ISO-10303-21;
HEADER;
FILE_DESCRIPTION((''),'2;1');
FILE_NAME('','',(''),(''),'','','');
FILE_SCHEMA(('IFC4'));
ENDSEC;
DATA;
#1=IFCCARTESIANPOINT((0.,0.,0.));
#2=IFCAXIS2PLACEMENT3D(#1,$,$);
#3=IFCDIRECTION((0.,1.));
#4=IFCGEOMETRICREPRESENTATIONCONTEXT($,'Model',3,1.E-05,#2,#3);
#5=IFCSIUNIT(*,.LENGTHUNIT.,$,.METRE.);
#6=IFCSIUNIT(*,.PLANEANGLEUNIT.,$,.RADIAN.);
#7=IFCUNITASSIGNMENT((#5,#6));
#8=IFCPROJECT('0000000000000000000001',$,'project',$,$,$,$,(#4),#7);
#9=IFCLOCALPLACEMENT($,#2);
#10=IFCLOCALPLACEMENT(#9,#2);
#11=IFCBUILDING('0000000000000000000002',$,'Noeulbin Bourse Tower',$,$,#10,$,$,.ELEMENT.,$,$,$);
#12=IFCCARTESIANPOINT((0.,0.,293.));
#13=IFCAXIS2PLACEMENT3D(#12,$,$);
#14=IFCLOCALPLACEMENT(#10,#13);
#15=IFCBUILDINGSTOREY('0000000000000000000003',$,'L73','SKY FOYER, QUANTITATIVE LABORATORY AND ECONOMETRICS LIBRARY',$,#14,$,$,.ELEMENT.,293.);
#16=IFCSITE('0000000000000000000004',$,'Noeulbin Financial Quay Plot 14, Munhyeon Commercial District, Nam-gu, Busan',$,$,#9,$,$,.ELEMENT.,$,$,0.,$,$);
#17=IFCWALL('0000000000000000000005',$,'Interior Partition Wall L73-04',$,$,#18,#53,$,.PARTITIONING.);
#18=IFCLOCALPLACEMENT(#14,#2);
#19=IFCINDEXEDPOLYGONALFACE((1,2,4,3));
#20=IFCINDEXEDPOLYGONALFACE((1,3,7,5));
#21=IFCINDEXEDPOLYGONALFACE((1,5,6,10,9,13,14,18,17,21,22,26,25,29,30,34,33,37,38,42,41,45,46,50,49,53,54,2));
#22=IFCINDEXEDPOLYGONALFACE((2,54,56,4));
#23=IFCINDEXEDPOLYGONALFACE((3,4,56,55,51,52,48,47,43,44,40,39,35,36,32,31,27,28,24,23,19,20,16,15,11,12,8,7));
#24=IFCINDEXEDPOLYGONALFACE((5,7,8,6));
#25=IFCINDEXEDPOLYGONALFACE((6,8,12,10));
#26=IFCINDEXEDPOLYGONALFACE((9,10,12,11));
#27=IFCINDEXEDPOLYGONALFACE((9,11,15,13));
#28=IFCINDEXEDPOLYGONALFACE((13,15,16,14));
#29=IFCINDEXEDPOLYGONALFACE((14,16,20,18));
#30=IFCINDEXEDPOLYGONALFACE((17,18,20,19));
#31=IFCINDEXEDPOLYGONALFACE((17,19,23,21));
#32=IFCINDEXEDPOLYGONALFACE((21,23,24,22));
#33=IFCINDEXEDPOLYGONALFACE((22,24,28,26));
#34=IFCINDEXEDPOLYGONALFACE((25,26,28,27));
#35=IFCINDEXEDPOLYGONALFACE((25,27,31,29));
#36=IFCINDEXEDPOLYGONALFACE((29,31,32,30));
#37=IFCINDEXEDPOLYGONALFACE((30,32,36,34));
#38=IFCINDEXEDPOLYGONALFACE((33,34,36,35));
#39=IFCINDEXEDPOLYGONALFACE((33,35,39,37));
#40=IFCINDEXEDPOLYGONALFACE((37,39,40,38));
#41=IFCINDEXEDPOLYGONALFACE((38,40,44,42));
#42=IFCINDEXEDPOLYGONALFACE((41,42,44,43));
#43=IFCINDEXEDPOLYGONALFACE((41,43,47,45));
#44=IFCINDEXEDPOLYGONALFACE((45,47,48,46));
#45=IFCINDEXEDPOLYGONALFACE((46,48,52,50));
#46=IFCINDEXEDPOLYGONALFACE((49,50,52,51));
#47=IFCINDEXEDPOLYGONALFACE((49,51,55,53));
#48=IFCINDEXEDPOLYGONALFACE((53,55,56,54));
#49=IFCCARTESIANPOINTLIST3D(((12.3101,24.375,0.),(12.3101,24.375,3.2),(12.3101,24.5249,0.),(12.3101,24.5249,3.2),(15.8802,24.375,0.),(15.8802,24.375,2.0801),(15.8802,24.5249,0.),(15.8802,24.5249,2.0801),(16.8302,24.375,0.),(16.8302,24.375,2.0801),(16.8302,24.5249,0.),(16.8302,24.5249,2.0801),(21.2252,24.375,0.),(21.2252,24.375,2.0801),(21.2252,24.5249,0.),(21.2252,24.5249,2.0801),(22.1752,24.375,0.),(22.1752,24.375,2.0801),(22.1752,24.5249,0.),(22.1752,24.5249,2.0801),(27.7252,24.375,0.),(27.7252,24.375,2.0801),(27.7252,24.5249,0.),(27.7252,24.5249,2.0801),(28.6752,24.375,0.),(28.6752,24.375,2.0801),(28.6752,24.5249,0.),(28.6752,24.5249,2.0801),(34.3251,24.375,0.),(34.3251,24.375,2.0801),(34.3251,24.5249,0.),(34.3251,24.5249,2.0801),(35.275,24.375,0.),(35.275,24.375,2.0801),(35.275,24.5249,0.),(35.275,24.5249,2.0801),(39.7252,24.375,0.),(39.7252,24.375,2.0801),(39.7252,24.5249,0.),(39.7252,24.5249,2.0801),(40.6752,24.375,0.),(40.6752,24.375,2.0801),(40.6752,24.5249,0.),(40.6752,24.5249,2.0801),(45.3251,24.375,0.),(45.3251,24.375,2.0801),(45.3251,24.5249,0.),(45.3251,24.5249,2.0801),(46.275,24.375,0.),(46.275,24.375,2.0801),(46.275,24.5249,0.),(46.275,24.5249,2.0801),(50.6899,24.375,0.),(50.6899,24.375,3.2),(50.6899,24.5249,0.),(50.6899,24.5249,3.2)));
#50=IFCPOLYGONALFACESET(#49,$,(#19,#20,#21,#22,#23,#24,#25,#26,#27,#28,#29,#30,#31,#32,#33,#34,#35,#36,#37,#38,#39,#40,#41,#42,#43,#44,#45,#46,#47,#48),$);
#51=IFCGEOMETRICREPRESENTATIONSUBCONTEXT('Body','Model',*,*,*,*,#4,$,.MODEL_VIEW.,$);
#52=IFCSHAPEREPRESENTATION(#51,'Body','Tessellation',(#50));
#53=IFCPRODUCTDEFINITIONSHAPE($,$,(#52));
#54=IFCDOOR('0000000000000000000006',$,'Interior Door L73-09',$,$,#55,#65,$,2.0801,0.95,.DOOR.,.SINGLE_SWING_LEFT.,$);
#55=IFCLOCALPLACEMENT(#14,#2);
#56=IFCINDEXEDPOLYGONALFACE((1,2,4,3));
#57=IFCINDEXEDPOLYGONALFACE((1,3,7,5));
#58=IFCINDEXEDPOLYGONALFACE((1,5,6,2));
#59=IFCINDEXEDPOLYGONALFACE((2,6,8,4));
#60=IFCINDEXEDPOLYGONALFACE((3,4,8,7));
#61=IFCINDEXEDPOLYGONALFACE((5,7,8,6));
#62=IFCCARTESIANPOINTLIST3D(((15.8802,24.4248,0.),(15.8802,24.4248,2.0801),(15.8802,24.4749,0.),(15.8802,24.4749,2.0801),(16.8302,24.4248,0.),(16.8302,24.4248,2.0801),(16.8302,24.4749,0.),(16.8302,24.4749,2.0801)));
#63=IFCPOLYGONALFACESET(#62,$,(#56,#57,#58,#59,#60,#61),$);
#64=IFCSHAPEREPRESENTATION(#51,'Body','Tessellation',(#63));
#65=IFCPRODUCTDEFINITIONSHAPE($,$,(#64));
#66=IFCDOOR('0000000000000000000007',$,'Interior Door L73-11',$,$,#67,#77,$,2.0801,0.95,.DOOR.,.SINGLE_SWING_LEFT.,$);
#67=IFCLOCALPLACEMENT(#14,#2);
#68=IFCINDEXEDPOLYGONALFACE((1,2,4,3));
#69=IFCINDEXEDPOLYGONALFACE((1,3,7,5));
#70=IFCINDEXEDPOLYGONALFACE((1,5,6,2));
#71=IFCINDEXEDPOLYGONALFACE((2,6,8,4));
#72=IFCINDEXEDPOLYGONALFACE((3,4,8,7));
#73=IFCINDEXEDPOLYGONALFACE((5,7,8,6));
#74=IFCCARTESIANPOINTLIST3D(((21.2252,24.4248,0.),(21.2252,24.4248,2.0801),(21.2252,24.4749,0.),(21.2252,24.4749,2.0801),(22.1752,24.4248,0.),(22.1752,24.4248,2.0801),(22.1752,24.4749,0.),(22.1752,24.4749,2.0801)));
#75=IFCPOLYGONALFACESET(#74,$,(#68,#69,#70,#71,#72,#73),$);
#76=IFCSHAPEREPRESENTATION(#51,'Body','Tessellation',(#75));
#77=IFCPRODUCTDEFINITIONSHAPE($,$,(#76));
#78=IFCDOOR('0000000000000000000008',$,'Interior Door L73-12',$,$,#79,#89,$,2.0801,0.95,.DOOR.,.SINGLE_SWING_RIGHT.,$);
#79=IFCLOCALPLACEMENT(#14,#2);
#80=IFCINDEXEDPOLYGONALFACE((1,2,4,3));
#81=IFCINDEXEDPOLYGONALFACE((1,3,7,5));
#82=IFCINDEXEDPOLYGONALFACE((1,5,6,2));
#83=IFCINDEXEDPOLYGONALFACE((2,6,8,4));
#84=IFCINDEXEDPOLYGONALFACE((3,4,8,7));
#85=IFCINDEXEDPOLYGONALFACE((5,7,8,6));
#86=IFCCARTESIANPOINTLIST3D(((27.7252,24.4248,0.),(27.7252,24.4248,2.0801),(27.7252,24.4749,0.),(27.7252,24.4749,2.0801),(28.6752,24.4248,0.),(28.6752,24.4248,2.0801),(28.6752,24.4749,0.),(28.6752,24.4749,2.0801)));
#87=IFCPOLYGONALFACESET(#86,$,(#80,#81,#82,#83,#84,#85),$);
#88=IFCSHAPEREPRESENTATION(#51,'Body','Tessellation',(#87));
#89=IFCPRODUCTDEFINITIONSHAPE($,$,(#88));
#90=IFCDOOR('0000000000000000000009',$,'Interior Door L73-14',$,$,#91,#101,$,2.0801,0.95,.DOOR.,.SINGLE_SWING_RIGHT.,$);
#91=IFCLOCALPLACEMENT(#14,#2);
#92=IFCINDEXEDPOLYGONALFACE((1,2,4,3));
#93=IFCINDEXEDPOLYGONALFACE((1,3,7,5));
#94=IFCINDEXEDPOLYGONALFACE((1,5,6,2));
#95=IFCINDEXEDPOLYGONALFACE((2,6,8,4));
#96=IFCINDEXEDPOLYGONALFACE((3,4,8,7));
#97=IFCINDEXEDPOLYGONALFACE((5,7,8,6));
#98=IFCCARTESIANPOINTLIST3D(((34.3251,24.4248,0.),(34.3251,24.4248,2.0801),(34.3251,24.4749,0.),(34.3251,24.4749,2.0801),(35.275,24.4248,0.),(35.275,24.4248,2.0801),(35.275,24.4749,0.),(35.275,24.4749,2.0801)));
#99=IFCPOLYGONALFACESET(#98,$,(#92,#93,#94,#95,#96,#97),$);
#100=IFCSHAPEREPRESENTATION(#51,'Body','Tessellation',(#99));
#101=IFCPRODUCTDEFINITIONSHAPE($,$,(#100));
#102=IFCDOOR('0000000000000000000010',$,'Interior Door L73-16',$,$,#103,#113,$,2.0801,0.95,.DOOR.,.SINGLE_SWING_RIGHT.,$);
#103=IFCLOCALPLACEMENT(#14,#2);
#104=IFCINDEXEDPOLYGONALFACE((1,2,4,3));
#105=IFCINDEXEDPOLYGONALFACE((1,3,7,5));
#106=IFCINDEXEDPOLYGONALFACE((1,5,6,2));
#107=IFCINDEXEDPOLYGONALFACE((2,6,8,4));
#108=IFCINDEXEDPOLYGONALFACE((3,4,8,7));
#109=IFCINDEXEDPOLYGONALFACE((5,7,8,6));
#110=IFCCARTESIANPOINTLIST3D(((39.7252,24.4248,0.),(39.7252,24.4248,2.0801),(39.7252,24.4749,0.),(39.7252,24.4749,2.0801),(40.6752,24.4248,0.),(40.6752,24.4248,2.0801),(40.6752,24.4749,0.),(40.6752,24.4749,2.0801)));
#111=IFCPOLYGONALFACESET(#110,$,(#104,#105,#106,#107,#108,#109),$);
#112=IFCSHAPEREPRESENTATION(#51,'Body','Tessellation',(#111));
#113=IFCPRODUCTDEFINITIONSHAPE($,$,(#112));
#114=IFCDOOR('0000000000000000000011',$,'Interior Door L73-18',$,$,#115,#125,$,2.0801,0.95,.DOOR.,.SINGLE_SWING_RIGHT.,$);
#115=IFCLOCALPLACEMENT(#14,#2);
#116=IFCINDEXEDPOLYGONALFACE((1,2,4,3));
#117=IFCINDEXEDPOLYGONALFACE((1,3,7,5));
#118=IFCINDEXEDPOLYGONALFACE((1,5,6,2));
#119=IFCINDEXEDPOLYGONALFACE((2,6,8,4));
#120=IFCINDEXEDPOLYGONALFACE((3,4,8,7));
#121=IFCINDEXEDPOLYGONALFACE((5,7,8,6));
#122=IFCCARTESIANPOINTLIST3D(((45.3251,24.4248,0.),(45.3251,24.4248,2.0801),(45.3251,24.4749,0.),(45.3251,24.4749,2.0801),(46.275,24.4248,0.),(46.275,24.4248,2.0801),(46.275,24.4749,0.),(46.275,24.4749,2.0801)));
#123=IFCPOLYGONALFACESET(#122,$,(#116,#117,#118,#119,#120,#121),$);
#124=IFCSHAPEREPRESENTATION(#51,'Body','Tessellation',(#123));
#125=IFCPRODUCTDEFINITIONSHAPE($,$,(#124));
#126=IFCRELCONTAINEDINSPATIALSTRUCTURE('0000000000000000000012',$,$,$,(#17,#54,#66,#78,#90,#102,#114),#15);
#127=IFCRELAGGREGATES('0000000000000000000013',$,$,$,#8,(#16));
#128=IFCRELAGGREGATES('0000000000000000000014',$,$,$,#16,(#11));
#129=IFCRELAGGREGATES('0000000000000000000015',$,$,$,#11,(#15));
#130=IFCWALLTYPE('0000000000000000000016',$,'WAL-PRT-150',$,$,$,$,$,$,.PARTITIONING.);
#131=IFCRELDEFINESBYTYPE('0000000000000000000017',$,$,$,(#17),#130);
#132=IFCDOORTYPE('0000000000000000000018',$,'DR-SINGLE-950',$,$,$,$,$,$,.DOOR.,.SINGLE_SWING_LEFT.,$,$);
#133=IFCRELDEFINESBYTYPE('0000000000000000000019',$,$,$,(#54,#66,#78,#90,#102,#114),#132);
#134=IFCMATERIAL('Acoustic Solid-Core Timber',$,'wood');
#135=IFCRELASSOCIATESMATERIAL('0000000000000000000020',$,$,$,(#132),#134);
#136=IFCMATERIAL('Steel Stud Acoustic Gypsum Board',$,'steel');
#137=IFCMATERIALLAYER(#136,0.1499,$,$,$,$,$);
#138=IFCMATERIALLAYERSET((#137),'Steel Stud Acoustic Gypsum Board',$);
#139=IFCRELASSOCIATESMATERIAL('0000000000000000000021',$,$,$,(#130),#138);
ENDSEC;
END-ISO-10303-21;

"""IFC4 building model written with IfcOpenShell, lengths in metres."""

from ifc_helpers import new_model, si_unit, direction, frame, frame_2d, origin, place, context, subcontext, project, spatial, rectangle, extrude, material, layer, layer_set, type_object, element, fill, save


model = new_model("IFC4")

# Units and contexts
model_context = context("Model", 3, precision=1e-05, world=origin(), true_north=direction((0.0, 1.0)))
body_context = subcontext(model_context, "Body", "Model", "MODEL_VIEW")
ifc_project = project(units=[si_unit("LENGTHUNIT", "METRE"), si_unit("PLANEANGLEUNIT", "RADIAN")], contexts=[model_context])

# Site, building, storey
site_placement = place(None, origin())
site = spatial("IfcSite", under=ifc_project, at=site_placement, Name="Noeulbin Financial Quay Plot 14, Munhyeon Commercial District, Nam-gu, Busan", CompositionType="ELEMENT", RefElevation=0.0)
building_placement = place(site_placement, origin())
building = spatial("IfcBuilding", under=site, at=building_placement, Name="Noeulbin Bourse Tower", CompositionType="ELEMENT")
storey_placement = place(building_placement, frame((0.0, 0.0, 293.0)))
storey = spatial("IfcBuildingStorey", under=building, at=storey_placement, Name="L73", Description="SKY FOYER, QUANTITATIVE LABORATORY AND ECONOMETRICS LIBRARY", CompositionType="ELEMENT", Elevation=293.0)

# Shared definitions
ifc_material_1 = material(Name="Acoustic Solid-Core Timber", Category="wood")
door_type_1 = type_object("IfcDoorType", Name="DR-SINGLE-950", OperationType="SINGLE_SWING_LEFT", PredefinedType="DOOR", material=ifc_material_1)

# Wall, openings, doors
ifc_material_2 = material(Name="Steel Stud Acoustic Gypsum Board", Category="steel")
ifc_layer_1 = layer(ifc_material_2, 0.1499)
ifc_layer_set_1 = layer_set([ifc_layer_1], Name="Steel Stud Acoustic Gypsum Board")
wall_type_1 = type_object("IfcWallType", Name="WAL-PRT-150", PredefinedType="PARTITIONING", material=ifc_layer_set_1)
wall_1_placement = place(storey_placement, frame((12.3101, 24.45, 0.0), z_axis=(0.0, 0.0, 1.0), x_axis=(1.0, 0.0, 0.0)))
wall_1 = element("IfcWall", 1, at=wall_1_placement, inside=storey, type_object=wall_type_1, Name="Interior Partition Wall L73-04", PredefinedType="PARTITIONING", context=body_context, shape_type="SweptSolid", body=[
    extrude(rectangle(XDim=38.3799, YDim=0.1499, at=frame_2d((19.1899, 0.0))), origin(), (0.0, 0.0, 1.0), 3.2),
])
opening_1_placement = place(wall_1_placement, frame((3.5701, 0.0, 0.0)))
opening_1 = element("IfcOpeningElement", 2, at=opening_1_placement, cuts=wall_1, PredefinedType="OPENING", context=body_context, shape_type="SweptSolid", body=[
    extrude(rectangle(XDim=0.95, YDim=2.0801, at=frame_2d((0.4751, 1.04))), frame((0.0, 0.085, 0.0), z_axis=(0.0, -1.0, 0.0), x_axis=(1.0, 0.0, 0.0)), (0.0, 0.0, 1.0), 0.1699),
])
opening_2_placement = place(wall_1_placement, frame((8.915, 0.0, 0.0)))
opening_2 = element("IfcOpeningElement", 3, at=opening_2_placement, cuts=wall_1, PredefinedType="OPENING", context=body_context, shape_type="SweptSolid", body=[
    extrude(rectangle(XDim=0.95, YDim=2.0801, at=frame_2d((0.4751, 1.04))), frame((0.0, 0.085, 0.0), z_axis=(0.0, -1.0, 0.0), x_axis=(1.0, 0.0, 0.0)), (0.0, 0.0, 1.0), 0.1699),
])
opening_3_placement = place(wall_1_placement, frame((15.415, 0.0, 0.0)))
opening_3 = element("IfcOpeningElement", 4, at=opening_3_placement, cuts=wall_1, PredefinedType="OPENING", context=body_context, shape_type="SweptSolid", body=[
    extrude(rectangle(XDim=0.95, YDim=2.0801, at=frame_2d((0.4751, 1.04))), frame((0.0, 0.085, 0.0), z_axis=(0.0, -1.0, 0.0), x_axis=(1.0, 0.0, 0.0)), (0.0, 0.0, 1.0), 0.1699),
])
opening_4_placement = place(wall_1_placement, frame((22.0149, 0.0, 0.0)))
opening_4 = element("IfcOpeningElement", 5, at=opening_4_placement, cuts=wall_1, PredefinedType="OPENING", context=body_context, shape_type="SweptSolid", body=[
    extrude(rectangle(XDim=0.95, YDim=2.0801, at=frame_2d((0.4751, 1.04))), frame((0.0, 0.085, 0.0), z_axis=(0.0, -1.0, 0.0), x_axis=(1.0, 0.0, 0.0)), (0.0, 0.0, 1.0), 0.1699),
])
opening_5_placement = place(wall_1_placement, frame((27.415, 0.0, 0.0)))
opening_5 = element("IfcOpeningElement", 6, at=opening_5_placement, cuts=wall_1, PredefinedType="OPENING", context=body_context, shape_type="SweptSolid", body=[
    extrude(rectangle(XDim=0.95, YDim=2.0801, at=frame_2d((0.4751, 1.04))), frame((0.0, 0.085, 0.0), z_axis=(0.0, -1.0, 0.0), x_axis=(1.0, 0.0, 0.0)), (0.0, 0.0, 1.0), 0.1699),
])
opening_6_placement = place(wall_1_placement, frame((33.0149, 0.0, 0.0)))
opening_6 = element("IfcOpeningElement", 7, at=opening_6_placement, cuts=wall_1, PredefinedType="OPENING", context=body_context, shape_type="SweptSolid", body=[
    extrude(rectangle(XDim=0.95, YDim=2.0801, at=frame_2d((0.4751, 1.04))), frame((0.0, 0.085, 0.0), z_axis=(0.0, -1.0, 0.0), x_axis=(1.0, 0.0, 0.0)), (0.0, 0.0, 1.0), 0.1699),
])
door_1_placement = place(opening_1_placement, origin())
door_1 = element("IfcDoor", 8, at=door_1_placement, inside=storey, type_object=door_type_1, Name="Interior Door L73-09", OperationType="SINGLE_SWING_LEFT", OverallHeight=2.0801, OverallWidth=0.95, PredefinedType="DOOR", context=body_context, shape_type="SweptSolid", body=[
    extrude(rectangle(XDim=0.95, YDim=2.0801, at=frame_2d((0.4751, 1.04))), frame((0.0, 0.0249, 0.0), z_axis=(0.0, -1.0, 0.0), x_axis=(1.0, 0.0, 0.0)), (0.0, 0.0, 1.0), 0.05),
])
fill(opening_1, door_1)
door_2_placement = place(opening_2_placement, origin())
door_2 = element("IfcDoor", 9, at=door_2_placement, inside=storey, type_object=door_type_1, Name="Interior Door L73-11", OperationType="SINGLE_SWING_LEFT", OverallHeight=2.0801, OverallWidth=0.95, PredefinedType="DOOR", context=body_context, shape_type="SweptSolid", body=[
    extrude(rectangle(XDim=0.95, YDim=2.0801, at=frame_2d((0.4751, 1.04))), frame((0.0, 0.0249, 0.0), z_axis=(0.0, -1.0, 0.0), x_axis=(1.0, 0.0, 0.0)), (0.0, 0.0, 1.0), 0.05),
])
fill(opening_2, door_2)
door_3_placement = place(opening_3_placement, origin())
door_3 = element("IfcDoor", 10, at=door_3_placement, inside=storey, type_object=door_type_1, Name="Interior Door L73-12", OperationType="SINGLE_SWING_RIGHT", OverallHeight=2.0801, OverallWidth=0.95, PredefinedType="DOOR", context=body_context, shape_type="SweptSolid", body=[
    extrude(rectangle(XDim=0.95, YDim=2.0801, at=frame_2d((0.4751, 1.04))), frame((0.0, 0.0249, 0.0), z_axis=(0.0, -1.0, 0.0), x_axis=(1.0, 0.0, 0.0)), (0.0, 0.0, 1.0), 0.05),
])
fill(opening_3, door_3)
door_4_placement = place(opening_4_placement, origin())
door_4 = element("IfcDoor", 11, at=door_4_placement, inside=storey, type_object=door_type_1, Name="Interior Door L73-14", OperationType="SINGLE_SWING_RIGHT", OverallHeight=2.0801, OverallWidth=0.95, PredefinedType="DOOR", context=body_context, shape_type="SweptSolid", body=[
    extrude(rectangle(XDim=0.95, YDim=2.0801, at=frame_2d((0.4751, 1.04))), frame((0.0, 0.0249, 0.0), z_axis=(0.0, -1.0, 0.0), x_axis=(1.0, 0.0, 0.0)), (0.0, 0.0, 1.0), 0.05),
])
fill(opening_4, door_4)
door_5_placement = place(opening_5_placement, origin())
door_5 = element("IfcDoor", 12, at=door_5_placement, inside=storey, type_object=door_type_1, Name="Interior Door L73-16", OperationType="SINGLE_SWING_RIGHT", OverallHeight=2.0801, OverallWidth=0.95, PredefinedType="DOOR", context=body_context, shape_type="SweptSolid", body=[
    extrude(rectangle(XDim=0.95, YDim=2.0801, at=frame_2d((0.4751, 1.04))), frame((0.0, 0.0249, 0.0), z_axis=(0.0, -1.0, 0.0), x_axis=(1.0, 0.0, 0.0)), (0.0, 0.0, 1.0), 0.05),
])
fill(opening_5, door_5)
door_6_placement = place(opening_6_placement, origin())
door_6 = element("IfcDoor", 13, at=door_6_placement, inside=storey, type_object=door_type_1, Name="Interior Door L73-18", OperationType="SINGLE_SWING_RIGHT", OverallHeight=2.0801, OverallWidth=0.95, PredefinedType="DOOR", context=body_context, shape_type="SweptSolid", body=[
    extrude(rectangle(XDim=0.95, YDim=2.0801, at=frame_2d((0.4751, 1.04))), frame((0.0, 0.0249, 0.0), z_axis=(0.0, -1.0, 0.0), x_axis=(1.0, 0.0, 0.0)), (0.0, 0.0, 1.0), 0.05),
])
fill(opening_6, door_6)

save(model, "model.ifc")
